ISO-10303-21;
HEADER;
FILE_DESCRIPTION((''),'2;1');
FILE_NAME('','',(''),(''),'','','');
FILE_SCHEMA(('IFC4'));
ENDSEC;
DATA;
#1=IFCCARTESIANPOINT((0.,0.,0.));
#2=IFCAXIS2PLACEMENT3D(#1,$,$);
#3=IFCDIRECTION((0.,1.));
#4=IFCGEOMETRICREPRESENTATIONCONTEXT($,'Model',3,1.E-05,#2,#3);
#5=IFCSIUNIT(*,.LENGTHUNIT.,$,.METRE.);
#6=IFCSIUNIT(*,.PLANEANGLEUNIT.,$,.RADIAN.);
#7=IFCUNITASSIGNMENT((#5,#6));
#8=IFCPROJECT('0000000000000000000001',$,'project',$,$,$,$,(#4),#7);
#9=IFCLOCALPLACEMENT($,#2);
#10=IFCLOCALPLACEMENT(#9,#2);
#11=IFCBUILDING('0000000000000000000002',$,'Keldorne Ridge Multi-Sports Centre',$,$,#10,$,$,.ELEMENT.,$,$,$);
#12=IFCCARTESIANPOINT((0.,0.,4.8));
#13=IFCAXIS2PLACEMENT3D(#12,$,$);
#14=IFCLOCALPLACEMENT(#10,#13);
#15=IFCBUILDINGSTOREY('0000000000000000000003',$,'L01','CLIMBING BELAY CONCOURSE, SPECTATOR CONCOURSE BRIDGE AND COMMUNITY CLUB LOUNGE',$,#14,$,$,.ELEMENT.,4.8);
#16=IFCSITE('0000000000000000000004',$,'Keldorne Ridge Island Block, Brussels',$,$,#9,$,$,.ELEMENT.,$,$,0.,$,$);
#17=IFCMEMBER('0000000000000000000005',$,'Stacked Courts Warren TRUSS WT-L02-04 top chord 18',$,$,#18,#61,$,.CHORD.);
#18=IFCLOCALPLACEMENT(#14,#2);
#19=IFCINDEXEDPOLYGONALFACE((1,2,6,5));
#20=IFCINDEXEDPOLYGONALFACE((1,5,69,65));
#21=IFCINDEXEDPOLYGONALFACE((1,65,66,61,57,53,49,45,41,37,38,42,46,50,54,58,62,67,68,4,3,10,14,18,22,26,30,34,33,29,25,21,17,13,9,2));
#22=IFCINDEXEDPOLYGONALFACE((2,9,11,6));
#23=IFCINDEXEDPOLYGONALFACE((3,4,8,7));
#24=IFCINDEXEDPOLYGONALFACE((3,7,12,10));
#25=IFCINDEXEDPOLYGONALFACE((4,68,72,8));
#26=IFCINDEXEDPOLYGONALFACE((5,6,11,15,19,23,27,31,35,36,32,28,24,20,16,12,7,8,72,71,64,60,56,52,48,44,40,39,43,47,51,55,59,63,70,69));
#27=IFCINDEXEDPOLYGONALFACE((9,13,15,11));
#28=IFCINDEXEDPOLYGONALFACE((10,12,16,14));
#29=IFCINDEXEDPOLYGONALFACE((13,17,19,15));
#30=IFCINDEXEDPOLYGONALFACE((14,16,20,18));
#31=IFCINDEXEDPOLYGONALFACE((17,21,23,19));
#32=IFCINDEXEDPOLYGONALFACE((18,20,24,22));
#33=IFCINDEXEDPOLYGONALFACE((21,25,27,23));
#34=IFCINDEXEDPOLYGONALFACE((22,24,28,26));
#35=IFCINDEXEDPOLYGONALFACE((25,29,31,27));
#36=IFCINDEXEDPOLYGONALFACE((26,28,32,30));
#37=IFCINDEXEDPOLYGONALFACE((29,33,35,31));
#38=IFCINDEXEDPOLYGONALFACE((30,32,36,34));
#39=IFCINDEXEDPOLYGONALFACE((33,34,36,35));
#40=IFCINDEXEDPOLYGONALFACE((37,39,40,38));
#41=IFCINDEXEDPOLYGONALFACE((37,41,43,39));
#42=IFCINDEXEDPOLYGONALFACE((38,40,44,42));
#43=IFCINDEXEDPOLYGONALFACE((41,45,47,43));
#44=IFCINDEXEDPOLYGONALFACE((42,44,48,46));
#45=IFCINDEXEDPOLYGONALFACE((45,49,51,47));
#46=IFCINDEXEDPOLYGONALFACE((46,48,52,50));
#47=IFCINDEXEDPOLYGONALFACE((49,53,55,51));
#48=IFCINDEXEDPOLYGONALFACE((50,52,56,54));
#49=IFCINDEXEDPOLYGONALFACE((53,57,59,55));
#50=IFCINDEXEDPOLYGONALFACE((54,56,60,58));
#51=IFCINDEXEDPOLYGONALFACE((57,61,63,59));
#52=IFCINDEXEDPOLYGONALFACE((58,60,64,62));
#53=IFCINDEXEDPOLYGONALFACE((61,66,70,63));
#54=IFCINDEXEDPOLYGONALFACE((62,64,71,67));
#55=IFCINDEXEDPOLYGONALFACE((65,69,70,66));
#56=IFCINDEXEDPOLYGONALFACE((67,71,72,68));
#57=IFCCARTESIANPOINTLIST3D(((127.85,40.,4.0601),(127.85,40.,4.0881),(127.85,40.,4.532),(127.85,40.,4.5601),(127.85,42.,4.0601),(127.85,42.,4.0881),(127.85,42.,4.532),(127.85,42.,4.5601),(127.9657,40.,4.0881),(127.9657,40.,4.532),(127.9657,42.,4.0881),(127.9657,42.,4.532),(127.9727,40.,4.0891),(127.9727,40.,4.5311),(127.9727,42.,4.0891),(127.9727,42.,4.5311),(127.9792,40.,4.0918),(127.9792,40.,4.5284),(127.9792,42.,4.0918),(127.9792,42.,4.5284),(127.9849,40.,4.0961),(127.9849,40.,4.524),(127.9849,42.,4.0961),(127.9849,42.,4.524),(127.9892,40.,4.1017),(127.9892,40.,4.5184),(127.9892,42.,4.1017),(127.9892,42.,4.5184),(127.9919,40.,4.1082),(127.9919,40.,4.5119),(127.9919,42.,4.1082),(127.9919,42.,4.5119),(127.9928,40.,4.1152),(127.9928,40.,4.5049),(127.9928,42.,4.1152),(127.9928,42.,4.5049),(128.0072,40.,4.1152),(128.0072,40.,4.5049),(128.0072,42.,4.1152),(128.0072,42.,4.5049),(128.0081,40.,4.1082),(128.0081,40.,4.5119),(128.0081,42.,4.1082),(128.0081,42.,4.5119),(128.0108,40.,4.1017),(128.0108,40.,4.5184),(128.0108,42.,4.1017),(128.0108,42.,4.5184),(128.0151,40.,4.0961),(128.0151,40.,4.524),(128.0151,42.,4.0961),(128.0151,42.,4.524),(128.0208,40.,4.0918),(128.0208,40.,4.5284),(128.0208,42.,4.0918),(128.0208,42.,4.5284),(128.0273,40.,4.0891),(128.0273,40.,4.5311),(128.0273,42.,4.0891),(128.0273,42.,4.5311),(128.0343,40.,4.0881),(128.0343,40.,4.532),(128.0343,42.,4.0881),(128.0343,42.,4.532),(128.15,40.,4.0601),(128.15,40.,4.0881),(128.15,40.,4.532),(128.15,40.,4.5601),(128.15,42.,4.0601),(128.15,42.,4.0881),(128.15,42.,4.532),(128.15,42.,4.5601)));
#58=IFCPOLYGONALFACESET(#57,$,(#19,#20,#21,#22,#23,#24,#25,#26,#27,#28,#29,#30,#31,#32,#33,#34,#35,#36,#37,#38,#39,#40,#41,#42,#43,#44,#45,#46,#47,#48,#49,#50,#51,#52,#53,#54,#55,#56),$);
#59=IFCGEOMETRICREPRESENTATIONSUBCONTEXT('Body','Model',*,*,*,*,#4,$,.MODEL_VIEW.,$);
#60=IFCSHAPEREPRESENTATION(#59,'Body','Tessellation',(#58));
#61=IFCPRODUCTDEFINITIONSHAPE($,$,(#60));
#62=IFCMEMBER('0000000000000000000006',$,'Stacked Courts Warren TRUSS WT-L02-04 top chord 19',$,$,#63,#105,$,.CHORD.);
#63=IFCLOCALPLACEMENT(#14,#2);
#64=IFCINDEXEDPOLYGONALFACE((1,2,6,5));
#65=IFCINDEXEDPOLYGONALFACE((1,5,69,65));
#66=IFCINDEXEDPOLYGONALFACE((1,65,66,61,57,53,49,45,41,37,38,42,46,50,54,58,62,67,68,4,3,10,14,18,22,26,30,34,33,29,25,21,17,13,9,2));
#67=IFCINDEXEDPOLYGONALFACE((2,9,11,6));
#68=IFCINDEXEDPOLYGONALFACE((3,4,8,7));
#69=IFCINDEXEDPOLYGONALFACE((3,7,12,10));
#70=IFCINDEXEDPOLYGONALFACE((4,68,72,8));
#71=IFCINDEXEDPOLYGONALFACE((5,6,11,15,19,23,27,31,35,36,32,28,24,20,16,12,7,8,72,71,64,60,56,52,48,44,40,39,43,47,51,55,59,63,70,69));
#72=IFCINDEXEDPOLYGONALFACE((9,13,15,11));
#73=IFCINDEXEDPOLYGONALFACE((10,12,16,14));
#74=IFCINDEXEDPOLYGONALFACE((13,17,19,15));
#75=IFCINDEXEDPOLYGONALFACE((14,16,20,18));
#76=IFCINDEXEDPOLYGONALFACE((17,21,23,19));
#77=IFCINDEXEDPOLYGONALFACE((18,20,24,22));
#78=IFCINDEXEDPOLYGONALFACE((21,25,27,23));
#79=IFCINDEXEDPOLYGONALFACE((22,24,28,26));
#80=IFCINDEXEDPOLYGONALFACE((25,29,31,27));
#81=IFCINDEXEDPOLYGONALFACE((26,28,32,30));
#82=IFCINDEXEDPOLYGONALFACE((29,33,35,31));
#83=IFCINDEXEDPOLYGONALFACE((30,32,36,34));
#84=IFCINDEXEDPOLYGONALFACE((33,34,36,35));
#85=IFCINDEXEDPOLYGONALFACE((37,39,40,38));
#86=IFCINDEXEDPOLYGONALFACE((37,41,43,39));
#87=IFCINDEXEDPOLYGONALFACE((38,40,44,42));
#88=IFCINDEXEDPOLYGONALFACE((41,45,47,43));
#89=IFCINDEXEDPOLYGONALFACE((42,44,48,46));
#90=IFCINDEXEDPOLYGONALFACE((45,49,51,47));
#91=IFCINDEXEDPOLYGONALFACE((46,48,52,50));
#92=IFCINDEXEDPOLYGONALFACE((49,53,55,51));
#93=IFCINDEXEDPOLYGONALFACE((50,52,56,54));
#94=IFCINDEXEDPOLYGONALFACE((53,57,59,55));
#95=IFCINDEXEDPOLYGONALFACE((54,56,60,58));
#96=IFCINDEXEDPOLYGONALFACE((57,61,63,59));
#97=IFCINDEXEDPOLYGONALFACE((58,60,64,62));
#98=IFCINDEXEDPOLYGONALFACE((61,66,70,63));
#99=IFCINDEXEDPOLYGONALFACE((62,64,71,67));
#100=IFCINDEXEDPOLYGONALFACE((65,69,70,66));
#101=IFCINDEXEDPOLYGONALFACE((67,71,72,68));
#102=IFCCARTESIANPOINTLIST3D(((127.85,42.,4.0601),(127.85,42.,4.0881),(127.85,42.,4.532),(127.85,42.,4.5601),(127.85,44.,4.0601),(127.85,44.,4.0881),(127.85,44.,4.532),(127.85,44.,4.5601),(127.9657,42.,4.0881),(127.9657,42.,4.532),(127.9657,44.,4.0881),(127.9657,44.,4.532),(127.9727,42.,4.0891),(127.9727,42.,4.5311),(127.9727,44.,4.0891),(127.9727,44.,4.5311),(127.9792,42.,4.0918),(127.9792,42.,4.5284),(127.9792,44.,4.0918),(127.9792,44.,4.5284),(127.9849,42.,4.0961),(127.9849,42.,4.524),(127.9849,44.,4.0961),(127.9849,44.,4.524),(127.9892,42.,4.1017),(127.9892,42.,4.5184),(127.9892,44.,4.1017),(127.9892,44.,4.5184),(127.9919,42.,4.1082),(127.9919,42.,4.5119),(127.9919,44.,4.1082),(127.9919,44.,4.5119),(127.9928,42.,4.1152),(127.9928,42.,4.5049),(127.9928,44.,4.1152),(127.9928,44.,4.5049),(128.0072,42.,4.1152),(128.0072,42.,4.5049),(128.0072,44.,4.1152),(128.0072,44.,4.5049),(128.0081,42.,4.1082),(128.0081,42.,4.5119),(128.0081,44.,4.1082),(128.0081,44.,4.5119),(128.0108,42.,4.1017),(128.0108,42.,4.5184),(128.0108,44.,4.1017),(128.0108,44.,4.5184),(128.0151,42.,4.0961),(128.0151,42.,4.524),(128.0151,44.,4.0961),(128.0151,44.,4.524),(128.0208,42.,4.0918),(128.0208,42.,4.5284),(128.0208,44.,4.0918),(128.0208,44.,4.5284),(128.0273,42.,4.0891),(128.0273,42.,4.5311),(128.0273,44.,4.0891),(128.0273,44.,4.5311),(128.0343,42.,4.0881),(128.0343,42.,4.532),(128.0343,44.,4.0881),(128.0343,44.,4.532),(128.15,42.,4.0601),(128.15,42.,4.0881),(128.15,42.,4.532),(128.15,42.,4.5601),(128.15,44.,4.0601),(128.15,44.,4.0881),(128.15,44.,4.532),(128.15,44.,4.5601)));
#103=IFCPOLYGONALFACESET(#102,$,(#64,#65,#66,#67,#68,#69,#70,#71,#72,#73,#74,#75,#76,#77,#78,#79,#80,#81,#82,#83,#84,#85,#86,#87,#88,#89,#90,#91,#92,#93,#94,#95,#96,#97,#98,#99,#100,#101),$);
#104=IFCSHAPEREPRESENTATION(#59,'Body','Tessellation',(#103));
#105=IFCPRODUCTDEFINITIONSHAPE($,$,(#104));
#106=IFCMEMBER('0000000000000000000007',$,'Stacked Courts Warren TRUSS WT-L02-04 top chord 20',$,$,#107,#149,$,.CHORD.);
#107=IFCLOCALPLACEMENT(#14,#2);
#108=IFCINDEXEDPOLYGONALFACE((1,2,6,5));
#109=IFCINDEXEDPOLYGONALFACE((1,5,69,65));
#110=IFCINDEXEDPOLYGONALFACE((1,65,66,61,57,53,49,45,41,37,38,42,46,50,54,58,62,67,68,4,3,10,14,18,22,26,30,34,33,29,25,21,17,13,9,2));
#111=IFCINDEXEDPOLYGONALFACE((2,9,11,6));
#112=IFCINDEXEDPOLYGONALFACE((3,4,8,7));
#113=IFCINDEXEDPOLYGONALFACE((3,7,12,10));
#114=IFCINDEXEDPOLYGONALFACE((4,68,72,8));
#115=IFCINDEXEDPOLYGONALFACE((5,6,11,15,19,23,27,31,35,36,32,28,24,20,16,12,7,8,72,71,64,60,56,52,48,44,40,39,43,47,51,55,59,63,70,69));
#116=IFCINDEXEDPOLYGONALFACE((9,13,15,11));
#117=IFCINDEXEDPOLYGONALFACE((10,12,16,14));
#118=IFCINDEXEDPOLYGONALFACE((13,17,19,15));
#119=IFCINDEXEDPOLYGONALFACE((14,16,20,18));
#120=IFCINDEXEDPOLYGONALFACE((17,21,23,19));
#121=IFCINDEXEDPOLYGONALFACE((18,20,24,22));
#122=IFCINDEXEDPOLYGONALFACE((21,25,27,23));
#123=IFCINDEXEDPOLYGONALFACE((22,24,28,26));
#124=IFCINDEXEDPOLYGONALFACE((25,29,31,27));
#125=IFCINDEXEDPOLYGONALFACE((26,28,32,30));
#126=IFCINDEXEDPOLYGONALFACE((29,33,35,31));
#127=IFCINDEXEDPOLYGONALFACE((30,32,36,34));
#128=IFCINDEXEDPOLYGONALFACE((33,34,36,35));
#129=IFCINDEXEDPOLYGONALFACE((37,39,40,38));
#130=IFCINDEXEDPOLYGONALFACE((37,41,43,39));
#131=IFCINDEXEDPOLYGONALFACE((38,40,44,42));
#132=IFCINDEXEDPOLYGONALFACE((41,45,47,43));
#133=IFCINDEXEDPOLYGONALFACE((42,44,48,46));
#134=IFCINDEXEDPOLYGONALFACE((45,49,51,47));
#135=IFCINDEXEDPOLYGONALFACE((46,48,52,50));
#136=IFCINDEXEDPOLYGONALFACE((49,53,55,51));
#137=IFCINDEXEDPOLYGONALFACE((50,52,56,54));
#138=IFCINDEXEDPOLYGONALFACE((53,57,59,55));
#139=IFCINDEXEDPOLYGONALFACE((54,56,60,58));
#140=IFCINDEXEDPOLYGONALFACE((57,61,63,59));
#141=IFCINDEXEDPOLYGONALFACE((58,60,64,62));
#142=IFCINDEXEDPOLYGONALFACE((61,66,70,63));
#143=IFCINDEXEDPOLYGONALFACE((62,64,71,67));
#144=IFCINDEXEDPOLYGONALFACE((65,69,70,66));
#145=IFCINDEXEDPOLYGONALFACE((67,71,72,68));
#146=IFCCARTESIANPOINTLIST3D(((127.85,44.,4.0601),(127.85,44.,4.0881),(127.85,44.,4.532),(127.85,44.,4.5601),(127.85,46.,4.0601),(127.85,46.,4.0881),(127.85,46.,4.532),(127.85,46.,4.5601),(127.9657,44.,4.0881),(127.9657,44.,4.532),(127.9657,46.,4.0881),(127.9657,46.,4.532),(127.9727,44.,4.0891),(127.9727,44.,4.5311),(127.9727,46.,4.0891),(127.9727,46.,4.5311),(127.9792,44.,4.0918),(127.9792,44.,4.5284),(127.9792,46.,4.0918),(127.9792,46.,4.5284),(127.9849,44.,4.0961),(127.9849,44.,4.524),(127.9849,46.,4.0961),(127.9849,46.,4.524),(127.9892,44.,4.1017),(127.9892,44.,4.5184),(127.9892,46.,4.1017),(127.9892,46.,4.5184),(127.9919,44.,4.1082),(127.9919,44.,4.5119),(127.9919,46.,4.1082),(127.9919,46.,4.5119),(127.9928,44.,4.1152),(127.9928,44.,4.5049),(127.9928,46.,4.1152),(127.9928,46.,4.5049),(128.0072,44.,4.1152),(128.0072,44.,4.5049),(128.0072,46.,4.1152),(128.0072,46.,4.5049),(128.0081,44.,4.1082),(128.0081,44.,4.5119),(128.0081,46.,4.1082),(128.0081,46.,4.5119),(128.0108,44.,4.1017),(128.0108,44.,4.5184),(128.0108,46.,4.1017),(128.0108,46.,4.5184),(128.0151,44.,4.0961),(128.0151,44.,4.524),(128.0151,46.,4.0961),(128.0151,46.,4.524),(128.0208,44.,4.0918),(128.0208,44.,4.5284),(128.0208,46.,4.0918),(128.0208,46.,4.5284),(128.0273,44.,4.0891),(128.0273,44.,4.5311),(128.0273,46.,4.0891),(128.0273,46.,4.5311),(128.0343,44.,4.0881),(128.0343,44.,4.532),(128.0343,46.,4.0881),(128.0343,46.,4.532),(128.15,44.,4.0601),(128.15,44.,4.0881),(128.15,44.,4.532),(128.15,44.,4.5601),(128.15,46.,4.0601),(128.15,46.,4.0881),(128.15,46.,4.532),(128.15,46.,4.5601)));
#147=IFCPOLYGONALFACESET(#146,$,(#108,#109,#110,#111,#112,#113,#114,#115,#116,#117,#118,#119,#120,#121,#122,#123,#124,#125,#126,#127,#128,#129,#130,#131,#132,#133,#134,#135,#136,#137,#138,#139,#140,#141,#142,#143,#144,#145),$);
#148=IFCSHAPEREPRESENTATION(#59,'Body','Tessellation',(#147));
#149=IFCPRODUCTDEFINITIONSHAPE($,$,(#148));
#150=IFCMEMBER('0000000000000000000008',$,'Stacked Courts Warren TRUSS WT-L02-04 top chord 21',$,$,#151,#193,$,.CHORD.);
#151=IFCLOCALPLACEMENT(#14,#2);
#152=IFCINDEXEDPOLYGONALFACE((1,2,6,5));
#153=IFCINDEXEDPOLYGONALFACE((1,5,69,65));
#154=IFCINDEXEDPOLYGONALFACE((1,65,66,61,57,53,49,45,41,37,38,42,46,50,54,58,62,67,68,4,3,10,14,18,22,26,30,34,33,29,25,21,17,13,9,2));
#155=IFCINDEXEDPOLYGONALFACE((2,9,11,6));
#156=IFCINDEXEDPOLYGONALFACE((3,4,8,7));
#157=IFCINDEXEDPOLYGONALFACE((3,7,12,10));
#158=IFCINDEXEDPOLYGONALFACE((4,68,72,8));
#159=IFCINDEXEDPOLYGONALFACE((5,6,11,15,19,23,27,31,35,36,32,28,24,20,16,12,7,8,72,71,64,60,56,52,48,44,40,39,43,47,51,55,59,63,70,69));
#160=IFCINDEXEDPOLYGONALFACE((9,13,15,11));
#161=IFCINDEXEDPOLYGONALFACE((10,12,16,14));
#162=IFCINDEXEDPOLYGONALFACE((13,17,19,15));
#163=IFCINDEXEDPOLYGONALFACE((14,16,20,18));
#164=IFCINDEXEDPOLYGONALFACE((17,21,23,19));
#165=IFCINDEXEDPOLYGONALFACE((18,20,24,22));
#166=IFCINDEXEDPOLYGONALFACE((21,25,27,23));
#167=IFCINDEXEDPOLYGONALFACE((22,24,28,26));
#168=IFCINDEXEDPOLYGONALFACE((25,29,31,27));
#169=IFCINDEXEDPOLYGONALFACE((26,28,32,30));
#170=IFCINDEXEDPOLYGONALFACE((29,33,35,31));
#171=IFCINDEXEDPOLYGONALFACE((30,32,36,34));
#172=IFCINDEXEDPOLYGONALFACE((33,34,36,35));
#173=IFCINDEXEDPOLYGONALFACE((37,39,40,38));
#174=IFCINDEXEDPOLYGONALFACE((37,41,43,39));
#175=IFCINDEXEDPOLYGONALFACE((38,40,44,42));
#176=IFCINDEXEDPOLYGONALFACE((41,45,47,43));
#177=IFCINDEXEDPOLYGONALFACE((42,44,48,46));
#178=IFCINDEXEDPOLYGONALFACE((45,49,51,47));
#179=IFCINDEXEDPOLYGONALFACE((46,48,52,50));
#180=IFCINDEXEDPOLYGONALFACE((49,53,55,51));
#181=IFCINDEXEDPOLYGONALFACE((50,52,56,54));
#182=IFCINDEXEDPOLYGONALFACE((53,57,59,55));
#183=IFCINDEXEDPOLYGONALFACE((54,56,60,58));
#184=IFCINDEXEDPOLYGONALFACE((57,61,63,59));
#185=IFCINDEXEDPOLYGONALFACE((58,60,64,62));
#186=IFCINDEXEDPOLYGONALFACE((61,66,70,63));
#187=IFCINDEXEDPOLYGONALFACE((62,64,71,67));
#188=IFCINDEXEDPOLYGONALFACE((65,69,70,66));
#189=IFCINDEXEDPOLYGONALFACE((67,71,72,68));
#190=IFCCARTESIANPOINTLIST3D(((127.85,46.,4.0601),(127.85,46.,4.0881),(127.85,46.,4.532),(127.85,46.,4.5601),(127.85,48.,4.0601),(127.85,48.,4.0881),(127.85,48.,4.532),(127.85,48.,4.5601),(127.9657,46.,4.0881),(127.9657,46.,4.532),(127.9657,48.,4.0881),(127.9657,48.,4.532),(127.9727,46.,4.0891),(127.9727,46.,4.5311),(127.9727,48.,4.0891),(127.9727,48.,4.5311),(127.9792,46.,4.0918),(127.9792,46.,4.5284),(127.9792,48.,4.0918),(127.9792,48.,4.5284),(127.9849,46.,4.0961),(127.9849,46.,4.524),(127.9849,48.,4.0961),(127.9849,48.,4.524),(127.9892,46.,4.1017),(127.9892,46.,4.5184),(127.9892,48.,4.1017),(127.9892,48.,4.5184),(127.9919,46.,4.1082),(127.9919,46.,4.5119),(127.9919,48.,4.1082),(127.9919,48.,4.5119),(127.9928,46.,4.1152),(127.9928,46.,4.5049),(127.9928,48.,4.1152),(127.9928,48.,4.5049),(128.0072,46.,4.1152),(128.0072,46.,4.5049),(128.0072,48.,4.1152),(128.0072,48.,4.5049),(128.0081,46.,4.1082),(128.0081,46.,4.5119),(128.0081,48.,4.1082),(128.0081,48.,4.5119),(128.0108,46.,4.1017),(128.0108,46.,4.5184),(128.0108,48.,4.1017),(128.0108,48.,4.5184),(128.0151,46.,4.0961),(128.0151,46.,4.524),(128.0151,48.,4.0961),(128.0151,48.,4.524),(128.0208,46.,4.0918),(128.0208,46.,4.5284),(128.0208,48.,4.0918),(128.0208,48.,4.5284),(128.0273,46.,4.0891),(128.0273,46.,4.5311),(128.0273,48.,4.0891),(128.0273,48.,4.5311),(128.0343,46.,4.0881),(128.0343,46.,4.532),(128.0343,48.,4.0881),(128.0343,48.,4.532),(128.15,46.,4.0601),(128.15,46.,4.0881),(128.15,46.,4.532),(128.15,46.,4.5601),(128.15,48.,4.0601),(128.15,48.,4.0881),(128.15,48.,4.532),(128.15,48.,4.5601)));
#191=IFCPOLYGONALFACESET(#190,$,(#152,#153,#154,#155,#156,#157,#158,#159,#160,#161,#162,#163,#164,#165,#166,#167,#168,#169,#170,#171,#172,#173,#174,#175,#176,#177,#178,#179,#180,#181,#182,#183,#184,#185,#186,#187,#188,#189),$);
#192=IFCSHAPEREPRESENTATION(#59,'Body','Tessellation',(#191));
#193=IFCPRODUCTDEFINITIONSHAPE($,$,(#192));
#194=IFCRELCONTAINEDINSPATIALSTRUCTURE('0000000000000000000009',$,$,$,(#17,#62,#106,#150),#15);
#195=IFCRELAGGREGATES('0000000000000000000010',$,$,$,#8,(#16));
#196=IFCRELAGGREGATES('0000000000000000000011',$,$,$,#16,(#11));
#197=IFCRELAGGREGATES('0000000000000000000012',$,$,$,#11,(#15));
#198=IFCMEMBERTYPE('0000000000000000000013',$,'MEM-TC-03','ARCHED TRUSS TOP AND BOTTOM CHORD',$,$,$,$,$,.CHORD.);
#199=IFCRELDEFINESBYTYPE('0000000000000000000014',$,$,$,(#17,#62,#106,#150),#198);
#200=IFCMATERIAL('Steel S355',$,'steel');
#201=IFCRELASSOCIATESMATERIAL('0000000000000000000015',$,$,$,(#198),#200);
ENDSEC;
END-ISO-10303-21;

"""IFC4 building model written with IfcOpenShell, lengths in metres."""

from ifc_helpers import new_model, si_unit, direction, frame, origin, origin_2d, place, context, subcontext, project, spatial, i_section, extrude, material, material_profile, profile_set, type_object, element, save


model = new_model("IFC4")

# Units and contexts
model_context = context("Model", 3, precision=1e-05, world=origin(), true_north=direction((0.0, 1.0)))
body_context = subcontext(model_context, "Body", "Model", "MODEL_VIEW")
ifc_project = project(units=[si_unit("LENGTHUNIT", "METRE"), si_unit("PLANEANGLEUNIT", "RADIAN")], contexts=[model_context])

# Site, building, storey
site_placement = place(None, origin())
site = spatial("IfcSite", under=ifc_project, at=site_placement, Name="Keldorne Ridge Island Block, Brussels", CompositionType="ELEMENT", RefElevation=0.0)
building_placement = place(site_placement, origin())
building = spatial("IfcBuilding", under=site, at=building_placement, Name="Keldorne Ridge Multi-Sports Centre", CompositionType="ELEMENT")
storey_placement = place(building_placement, frame((0.0, 0.0, 4.8)))
storey = spatial("IfcBuildingStorey", under=building, at=storey_placement, Name="L01", Description="CLIMBING BELAY CONCOURSE, SPECTATOR CONCOURSE BRIDGE AND COMMUNITY CLUB LOUNGE", CompositionType="ELEMENT", Elevation=4.8)

# Members
ifc_material = material(Name="Steel S355", Category="steel")
ifc_material_profile_1 = material_profile(ifc_material, i_section(OverallWidth=0.3, OverallDepth=0.5, WebThickness=0.0144, FlangeThickness=0.0281, FilletRadius=0.0271, at=origin_2d()), Name="HEB 500")
ifc_profile_set_1 = profile_set([ifc_material_profile_1], Name="Steel S355")
member_type_1 = type_object("IfcMemberType", Name="MEM-TC-03", Description="ARCHED TRUSS TOP AND BOTTOM CHORD", PredefinedType="CHORD", material=ifc_profile_set_1)
for number, where, z_axis, x_axis, name in (
    (1, (128.0, 40.0, 4.3101), (0.0, 1.0, 0.0), (-1.0, 0.0, 0.0), "Stacked Courts Warren TRUSS WT-L02-04 top chord 18"),
    (2, (128.0, 42.0, 4.3101), (0.0, 1.0, 0.0), (-1.0, 0.0, 0.0), "Stacked Courts Warren TRUSS WT-L02-04 top chord 19"),
    (3, (128.0, 44.0, 4.3101), (0.0, 1.0, 0.0), (-1.0, 0.0, 0.0), "Stacked Courts Warren TRUSS WT-L02-04 top chord 20"),
    (4, (128.0, 46.0, 4.3101), (0.0, 1.0, 0.0), (-1.0, 0.0, 0.0), "Stacked Courts Warren TRUSS WT-L02-04 top chord 21"),
):
    element("IfcMember", number, at=place(storey_placement, frame(where, z_axis=z_axis, x_axis=x_axis)), inside=storey, type_object=member_type_1, Name=name, PredefinedType="CHORD", context=body_context, shape_type="SweptSolid", body=[
        extrude(i_section(OverallWidth=0.3, OverallDepth=0.5, WebThickness=0.0144, FlangeThickness=0.0281, FilletRadius=0.0271, at=origin_2d()), origin(), (0.0, 0.0, 1.0), 2.0),
    ])

save(model, "model.ifc")
